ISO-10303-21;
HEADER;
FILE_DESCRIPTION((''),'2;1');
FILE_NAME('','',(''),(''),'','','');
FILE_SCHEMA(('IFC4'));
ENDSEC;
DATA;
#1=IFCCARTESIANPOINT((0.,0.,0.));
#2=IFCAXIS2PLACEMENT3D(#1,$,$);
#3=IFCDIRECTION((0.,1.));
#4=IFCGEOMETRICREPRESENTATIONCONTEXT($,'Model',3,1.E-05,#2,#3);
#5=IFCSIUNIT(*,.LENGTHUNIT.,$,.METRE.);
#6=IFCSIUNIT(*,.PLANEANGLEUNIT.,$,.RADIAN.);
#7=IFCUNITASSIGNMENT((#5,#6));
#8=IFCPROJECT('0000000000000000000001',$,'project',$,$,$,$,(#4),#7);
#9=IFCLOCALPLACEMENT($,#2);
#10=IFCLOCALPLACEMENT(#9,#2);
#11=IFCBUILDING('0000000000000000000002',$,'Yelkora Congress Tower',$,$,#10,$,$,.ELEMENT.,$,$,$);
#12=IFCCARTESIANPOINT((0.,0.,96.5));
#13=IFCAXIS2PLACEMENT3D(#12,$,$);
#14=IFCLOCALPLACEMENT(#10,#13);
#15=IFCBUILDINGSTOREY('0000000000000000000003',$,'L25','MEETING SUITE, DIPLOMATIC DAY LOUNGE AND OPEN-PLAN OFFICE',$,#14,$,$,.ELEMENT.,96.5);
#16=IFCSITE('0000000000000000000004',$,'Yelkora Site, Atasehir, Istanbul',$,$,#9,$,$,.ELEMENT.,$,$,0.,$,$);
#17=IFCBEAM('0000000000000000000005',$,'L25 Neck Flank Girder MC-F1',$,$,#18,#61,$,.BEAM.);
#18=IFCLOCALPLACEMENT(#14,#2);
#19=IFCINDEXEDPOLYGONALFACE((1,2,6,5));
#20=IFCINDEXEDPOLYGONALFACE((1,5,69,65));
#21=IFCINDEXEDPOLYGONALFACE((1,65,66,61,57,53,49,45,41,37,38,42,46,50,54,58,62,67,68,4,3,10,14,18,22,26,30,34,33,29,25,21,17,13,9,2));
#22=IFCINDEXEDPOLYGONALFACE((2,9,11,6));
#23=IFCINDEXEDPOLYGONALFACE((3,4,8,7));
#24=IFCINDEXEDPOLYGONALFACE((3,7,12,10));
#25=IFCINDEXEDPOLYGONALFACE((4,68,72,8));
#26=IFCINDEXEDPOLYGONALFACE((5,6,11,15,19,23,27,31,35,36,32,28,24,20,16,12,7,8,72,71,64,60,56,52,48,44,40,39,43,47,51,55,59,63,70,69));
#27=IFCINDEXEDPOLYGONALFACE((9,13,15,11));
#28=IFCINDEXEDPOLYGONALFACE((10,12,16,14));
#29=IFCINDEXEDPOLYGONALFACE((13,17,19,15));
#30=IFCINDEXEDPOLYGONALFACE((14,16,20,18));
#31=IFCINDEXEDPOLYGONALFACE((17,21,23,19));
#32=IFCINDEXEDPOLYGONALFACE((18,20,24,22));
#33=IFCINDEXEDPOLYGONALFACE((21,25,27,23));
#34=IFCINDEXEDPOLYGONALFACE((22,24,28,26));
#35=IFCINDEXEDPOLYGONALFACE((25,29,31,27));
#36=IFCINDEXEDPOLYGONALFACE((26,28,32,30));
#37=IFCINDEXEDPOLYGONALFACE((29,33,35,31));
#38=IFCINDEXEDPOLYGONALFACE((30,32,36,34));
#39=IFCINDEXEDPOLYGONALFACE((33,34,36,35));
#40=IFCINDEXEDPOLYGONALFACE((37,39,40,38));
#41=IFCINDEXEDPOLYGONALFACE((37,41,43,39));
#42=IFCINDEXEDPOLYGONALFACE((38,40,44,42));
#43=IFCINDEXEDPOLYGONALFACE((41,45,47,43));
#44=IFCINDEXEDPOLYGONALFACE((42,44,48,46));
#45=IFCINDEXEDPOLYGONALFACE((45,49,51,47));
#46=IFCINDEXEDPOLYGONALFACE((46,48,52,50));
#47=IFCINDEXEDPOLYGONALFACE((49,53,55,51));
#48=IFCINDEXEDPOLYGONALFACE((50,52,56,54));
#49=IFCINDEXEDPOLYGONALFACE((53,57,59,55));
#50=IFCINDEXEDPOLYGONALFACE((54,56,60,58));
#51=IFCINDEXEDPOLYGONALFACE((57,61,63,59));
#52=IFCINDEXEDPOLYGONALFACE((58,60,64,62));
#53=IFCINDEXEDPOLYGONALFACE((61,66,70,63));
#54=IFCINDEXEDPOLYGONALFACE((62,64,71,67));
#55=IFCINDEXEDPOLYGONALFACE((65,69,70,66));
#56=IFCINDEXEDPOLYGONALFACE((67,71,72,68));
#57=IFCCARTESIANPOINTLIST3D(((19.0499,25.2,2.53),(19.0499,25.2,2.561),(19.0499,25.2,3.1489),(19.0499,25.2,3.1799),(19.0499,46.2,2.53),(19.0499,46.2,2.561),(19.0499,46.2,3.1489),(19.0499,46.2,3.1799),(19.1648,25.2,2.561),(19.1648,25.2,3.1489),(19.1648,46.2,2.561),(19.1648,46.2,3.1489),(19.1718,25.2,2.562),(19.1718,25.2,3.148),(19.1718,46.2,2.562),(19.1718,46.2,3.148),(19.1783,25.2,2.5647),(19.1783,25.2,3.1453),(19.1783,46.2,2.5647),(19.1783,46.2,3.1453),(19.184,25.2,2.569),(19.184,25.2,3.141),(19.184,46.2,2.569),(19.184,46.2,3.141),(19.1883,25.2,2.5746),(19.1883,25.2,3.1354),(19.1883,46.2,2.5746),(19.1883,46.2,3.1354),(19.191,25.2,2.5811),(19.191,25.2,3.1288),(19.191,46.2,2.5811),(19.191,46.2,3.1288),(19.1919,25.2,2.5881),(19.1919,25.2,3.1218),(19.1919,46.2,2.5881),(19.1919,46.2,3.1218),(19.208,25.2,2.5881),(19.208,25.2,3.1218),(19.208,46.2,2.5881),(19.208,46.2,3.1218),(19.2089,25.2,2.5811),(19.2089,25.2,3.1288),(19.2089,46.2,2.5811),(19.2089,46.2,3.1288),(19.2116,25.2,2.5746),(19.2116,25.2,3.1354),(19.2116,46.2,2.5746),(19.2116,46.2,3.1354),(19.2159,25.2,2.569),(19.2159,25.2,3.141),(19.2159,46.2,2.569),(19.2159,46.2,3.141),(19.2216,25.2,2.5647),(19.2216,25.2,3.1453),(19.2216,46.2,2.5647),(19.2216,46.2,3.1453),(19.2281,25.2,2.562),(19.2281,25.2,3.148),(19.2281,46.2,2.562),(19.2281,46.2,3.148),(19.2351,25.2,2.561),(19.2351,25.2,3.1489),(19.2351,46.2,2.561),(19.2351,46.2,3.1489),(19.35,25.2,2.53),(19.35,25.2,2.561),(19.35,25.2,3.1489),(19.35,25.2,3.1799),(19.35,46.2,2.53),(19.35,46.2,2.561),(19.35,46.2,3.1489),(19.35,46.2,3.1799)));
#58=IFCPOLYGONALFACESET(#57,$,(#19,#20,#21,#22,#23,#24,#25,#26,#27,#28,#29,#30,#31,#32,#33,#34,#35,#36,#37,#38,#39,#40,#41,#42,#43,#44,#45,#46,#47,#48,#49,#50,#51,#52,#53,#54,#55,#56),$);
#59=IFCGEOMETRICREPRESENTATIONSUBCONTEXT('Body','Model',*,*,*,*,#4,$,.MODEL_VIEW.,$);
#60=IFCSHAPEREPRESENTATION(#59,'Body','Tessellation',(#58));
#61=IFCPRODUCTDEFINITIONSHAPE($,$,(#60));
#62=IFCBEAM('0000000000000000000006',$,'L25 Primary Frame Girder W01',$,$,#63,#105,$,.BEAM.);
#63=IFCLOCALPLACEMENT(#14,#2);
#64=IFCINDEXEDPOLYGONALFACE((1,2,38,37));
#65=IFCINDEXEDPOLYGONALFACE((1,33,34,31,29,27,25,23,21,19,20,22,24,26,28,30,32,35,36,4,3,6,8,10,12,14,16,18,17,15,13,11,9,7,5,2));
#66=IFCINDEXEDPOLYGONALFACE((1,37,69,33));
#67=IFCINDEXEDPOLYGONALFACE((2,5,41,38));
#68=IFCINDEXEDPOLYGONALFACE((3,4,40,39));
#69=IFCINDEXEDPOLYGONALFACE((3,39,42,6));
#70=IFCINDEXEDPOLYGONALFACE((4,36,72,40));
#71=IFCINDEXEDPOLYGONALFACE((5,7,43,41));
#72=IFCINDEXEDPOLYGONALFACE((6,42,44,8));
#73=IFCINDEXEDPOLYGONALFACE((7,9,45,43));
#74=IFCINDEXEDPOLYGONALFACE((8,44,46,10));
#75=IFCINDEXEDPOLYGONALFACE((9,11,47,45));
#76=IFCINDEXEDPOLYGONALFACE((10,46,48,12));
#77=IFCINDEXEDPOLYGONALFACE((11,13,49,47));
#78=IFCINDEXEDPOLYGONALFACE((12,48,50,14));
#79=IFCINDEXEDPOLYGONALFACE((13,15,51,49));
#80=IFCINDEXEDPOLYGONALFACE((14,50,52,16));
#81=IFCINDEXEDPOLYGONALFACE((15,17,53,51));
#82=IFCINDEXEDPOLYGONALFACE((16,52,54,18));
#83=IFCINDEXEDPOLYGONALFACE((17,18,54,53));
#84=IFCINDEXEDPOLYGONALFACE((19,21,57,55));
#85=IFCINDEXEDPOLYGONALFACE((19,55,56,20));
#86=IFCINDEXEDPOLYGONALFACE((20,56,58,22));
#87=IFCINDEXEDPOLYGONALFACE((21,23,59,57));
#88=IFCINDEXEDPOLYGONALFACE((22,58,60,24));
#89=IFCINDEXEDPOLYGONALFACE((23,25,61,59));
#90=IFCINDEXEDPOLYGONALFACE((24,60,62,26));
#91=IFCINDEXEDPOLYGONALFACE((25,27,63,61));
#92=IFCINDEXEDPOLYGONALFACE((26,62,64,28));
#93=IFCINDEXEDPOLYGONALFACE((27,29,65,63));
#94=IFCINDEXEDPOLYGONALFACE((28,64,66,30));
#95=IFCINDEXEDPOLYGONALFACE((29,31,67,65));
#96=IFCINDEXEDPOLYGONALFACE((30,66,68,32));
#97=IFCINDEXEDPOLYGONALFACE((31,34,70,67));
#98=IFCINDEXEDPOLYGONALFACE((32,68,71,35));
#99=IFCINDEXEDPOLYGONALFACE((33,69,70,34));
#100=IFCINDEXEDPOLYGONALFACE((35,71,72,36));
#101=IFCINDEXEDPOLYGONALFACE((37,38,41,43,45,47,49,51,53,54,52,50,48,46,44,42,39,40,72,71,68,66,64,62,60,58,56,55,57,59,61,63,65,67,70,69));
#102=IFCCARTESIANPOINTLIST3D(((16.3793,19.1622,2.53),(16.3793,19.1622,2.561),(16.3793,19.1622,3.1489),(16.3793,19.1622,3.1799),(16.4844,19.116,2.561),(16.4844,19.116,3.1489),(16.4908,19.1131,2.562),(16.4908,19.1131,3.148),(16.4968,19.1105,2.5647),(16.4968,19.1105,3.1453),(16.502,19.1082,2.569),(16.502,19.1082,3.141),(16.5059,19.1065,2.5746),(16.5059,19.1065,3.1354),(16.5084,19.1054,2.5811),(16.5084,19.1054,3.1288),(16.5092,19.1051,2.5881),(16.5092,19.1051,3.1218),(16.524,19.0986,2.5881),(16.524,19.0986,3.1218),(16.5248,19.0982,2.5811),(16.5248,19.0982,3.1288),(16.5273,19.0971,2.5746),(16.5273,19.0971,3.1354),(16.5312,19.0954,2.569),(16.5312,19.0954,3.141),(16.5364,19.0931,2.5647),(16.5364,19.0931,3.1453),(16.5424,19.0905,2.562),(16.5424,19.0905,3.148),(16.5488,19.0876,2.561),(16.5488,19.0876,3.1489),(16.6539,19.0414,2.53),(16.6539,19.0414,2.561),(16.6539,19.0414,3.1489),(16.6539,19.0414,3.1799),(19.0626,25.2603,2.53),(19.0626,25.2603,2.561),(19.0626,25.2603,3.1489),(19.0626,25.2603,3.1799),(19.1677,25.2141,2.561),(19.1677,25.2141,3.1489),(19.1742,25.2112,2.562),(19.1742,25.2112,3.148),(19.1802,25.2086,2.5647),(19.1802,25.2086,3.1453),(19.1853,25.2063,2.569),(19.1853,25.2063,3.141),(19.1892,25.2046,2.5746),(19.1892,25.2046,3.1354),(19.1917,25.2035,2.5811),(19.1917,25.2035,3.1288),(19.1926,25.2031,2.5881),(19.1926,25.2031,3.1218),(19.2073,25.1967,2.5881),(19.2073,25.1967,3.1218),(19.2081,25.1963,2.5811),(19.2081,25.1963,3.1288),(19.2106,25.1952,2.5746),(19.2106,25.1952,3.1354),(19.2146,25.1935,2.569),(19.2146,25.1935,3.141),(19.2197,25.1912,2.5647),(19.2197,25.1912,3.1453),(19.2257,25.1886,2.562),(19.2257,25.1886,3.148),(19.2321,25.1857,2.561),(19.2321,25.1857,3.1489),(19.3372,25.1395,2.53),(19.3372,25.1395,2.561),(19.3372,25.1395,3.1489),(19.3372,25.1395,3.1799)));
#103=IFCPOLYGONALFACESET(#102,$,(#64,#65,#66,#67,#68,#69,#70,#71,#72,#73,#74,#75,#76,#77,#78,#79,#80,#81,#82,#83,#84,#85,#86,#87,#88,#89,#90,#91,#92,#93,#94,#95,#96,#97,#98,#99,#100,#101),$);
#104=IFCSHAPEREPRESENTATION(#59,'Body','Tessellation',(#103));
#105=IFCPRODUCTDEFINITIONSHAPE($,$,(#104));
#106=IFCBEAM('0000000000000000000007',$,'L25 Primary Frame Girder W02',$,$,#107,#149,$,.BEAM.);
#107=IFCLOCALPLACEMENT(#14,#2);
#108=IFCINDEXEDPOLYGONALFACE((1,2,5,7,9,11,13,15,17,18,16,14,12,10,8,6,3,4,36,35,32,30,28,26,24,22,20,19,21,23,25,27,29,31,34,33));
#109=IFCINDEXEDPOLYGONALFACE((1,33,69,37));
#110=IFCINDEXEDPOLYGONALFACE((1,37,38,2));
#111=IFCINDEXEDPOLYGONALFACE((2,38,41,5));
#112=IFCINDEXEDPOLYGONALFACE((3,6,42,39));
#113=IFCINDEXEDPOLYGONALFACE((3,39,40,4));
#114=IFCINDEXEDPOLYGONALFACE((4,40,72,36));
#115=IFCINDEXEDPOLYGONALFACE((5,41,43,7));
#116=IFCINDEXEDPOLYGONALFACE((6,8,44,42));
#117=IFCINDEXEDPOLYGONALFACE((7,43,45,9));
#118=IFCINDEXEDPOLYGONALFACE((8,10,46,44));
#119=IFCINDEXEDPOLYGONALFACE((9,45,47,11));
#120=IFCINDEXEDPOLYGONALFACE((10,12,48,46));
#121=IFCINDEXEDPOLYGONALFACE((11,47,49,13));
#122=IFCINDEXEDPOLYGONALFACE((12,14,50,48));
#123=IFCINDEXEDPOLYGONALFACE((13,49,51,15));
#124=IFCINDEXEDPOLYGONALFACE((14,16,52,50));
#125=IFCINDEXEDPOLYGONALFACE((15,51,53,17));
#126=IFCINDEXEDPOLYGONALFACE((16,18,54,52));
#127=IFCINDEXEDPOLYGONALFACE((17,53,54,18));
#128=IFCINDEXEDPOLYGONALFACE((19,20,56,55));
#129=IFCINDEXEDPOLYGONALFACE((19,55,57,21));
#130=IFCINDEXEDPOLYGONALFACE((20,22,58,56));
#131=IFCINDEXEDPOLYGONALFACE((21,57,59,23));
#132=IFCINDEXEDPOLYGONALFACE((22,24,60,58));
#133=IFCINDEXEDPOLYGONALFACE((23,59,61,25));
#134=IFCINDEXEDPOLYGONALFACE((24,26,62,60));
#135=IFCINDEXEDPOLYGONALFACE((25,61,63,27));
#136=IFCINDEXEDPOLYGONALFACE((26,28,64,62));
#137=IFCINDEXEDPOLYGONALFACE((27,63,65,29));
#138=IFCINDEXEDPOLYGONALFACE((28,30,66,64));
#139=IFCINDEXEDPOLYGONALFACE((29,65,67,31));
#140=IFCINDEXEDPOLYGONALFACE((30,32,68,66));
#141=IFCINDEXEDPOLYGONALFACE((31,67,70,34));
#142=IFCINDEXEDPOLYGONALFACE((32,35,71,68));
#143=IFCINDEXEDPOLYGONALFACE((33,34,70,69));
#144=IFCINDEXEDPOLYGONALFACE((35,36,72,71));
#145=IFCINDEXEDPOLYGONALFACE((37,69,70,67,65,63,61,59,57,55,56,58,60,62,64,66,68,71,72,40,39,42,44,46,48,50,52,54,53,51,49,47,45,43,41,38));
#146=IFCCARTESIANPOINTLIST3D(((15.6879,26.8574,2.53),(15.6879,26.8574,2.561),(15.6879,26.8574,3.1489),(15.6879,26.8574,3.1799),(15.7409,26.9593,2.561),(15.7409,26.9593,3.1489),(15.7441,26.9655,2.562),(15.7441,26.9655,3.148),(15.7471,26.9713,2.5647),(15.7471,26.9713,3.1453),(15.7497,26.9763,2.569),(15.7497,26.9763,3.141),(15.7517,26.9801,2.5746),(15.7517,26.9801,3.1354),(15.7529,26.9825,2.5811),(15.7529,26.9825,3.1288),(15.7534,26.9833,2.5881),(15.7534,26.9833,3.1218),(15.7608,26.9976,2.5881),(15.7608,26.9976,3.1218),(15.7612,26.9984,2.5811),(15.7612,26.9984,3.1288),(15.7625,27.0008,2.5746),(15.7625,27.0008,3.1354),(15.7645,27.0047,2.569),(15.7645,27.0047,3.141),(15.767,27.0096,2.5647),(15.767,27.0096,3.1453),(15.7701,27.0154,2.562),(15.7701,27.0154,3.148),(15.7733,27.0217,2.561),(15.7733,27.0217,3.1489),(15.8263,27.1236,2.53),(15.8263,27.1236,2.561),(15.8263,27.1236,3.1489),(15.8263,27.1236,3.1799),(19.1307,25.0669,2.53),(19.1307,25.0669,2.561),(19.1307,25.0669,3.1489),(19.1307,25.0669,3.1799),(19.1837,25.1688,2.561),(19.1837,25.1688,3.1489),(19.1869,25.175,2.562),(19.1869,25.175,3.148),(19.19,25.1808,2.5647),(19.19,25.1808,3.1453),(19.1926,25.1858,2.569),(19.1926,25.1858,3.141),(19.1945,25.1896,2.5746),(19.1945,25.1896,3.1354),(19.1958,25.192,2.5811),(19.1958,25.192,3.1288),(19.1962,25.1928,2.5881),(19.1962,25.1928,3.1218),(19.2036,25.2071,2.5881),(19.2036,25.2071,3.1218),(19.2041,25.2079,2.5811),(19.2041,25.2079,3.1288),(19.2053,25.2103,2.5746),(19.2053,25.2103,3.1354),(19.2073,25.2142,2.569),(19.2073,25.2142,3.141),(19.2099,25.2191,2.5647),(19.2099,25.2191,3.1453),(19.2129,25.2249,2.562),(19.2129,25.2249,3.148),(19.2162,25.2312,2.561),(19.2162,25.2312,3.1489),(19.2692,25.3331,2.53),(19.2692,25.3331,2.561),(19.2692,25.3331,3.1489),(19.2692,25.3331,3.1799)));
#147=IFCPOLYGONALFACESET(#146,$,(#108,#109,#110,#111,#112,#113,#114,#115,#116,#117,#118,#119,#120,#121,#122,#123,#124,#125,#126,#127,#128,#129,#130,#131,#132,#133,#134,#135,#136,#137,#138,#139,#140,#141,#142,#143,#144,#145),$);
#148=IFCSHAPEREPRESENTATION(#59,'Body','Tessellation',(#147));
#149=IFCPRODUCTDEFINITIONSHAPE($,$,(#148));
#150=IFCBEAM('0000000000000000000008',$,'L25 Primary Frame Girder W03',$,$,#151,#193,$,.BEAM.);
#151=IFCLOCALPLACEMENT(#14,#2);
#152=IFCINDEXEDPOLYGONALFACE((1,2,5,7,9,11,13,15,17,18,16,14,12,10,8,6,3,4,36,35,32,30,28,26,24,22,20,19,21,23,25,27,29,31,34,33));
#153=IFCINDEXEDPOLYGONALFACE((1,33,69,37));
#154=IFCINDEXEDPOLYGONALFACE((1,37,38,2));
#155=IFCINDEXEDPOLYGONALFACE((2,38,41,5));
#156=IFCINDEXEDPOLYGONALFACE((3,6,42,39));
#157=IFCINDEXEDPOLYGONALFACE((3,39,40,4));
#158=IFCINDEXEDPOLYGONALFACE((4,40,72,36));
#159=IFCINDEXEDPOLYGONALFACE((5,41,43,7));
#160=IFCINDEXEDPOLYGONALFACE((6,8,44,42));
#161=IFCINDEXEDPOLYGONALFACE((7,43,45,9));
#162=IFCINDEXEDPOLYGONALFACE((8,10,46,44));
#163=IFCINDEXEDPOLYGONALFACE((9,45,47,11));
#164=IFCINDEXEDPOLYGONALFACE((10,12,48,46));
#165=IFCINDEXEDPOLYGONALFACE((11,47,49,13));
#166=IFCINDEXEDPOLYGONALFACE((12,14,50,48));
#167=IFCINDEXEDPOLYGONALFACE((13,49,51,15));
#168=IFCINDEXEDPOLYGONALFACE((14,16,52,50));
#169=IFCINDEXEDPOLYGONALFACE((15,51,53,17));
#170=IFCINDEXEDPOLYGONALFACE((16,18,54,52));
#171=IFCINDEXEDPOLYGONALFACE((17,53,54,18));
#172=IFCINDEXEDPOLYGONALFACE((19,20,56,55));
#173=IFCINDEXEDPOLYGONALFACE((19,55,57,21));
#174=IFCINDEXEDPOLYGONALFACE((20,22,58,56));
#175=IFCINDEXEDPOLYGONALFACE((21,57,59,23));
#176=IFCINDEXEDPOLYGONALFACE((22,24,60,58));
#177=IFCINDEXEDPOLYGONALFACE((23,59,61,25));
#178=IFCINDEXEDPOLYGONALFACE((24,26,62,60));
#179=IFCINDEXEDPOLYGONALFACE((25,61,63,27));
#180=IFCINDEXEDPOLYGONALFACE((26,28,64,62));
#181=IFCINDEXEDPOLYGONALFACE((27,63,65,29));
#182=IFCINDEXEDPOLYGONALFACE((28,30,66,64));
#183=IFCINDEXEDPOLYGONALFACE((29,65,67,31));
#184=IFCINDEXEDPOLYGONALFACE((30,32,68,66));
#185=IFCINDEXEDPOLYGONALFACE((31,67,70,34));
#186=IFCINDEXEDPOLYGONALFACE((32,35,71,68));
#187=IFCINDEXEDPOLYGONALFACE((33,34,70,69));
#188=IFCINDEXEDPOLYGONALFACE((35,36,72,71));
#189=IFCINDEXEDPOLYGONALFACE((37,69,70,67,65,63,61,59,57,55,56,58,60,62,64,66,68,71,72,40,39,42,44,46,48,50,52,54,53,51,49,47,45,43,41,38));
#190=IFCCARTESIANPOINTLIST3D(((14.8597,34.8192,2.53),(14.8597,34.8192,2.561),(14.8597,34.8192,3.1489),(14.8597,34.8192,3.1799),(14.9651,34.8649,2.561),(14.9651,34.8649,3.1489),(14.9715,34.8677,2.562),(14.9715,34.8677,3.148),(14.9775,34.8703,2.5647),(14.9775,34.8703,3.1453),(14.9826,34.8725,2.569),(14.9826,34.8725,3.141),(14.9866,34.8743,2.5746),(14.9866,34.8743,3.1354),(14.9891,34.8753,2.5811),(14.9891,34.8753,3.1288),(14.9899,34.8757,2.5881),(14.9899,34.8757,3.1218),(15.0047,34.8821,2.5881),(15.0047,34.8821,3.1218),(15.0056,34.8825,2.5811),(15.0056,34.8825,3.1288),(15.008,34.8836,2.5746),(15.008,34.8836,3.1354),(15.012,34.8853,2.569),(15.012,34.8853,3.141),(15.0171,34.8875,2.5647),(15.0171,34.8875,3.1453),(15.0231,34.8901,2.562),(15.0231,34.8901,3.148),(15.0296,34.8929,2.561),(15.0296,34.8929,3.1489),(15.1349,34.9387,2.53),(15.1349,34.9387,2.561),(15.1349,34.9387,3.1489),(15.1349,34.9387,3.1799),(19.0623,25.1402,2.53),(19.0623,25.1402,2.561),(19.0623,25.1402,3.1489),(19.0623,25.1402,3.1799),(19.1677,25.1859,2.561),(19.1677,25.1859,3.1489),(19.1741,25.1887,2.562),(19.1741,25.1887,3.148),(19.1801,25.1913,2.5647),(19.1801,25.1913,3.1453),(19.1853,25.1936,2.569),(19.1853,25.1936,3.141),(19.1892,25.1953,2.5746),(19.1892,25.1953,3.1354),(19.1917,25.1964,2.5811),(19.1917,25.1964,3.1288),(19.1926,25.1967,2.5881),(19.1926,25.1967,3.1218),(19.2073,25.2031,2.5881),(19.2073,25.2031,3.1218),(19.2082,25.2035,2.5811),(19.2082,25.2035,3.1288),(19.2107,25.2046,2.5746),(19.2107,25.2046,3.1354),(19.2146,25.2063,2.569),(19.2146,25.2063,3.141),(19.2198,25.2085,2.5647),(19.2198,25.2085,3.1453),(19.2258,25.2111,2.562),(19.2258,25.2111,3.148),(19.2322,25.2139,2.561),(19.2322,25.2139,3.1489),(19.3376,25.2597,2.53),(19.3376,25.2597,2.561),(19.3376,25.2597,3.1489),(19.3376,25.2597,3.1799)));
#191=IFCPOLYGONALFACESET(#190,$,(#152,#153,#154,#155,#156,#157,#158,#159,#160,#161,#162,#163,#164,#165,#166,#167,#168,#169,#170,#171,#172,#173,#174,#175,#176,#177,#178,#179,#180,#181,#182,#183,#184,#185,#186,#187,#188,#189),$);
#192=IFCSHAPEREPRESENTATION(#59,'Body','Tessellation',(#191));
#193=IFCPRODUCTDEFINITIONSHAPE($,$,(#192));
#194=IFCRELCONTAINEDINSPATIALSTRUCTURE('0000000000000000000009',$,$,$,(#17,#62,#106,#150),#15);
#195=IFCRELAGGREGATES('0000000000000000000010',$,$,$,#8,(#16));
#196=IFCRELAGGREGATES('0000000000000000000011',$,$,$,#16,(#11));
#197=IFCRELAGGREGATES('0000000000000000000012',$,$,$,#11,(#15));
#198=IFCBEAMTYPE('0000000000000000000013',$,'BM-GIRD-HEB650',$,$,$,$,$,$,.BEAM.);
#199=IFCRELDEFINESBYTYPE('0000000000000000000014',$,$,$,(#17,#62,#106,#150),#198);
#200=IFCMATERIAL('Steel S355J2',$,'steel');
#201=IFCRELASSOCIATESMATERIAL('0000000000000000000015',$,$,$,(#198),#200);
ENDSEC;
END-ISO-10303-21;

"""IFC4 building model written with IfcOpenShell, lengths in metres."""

from ifc_helpers import new_model, si_unit, direction, frame, origin, origin_2d, place, context, subcontext, project, spatial, i_section, extrude, material, material_profile, profile_set, type_object, element, save


model = new_model("IFC4")

# Units and contexts
model_context = context("Model", 3, precision=1e-05, world=origin(), true_north=direction((0.0, 1.0)))
body_context = subcontext(model_context, "Body", "Model", "MODEL_VIEW")
ifc_project = project(units=[si_unit("LENGTHUNIT", "METRE"), si_unit("PLANEANGLEUNIT", "RADIAN")], contexts=[model_context])

# Site, building, storey
site_placement = place(None, origin())
site = spatial("IfcSite", under=ifc_project, at=site_placement, Name="Yelkora Site, Atasehir, Istanbul", CompositionType="ELEMENT", RefElevation=0.0)
building_placement = place(site_placement, origin())
building = spatial("IfcBuilding", under=site, at=building_placement, Name="Yelkora Congress Tower", CompositionType="ELEMENT")
storey_placement = place(building_placement, frame((0.0, 0.0, 96.5)))
storey = spatial("IfcBuildingStorey", under=building, at=storey_placement, Name="L25", Description="MEETING SUITE, DIPLOMATIC DAY LOUNGE AND OPEN-PLAN OFFICE", CompositionType="ELEMENT", Elevation=96.5)

# Beams
ifc_material_1 = material(Name="Steel S355J2", Category="steel")
ifc_material_profile_1 = material_profile(ifc_material_1, i_section(OverallWidth=0.3, OverallDepth=0.6499, WebThickness=0.0161, FlangeThickness=0.031, FilletRadius=0.0271, at=origin_2d()), Name="HEB 650")
ifc_profile_set_1 = profile_set([ifc_material_profile_1], Name="Steel S355J2")
beam_type_1 = type_object("IfcBeamType", Name="BM-GIRD-HEB650", PredefinedType="BEAM", material=ifc_profile_set_1)
beam_1_placement = place(storey_placement, frame((19.2, 25.2, 2.855), z_axis=(0.0, 1.0, 0.0), x_axis=(-1.0, 0.0, 0.0)))
element("IfcBeam", 1, at=beam_1_placement, inside=storey, type_object=beam_type_1, Name="L25 Neck Flank Girder MC-F1", PredefinedType="BEAM", context=body_context, shape_type="SweptSolid", body=[
    extrude(i_section(OverallWidth=0.3, OverallDepth=0.6499, WebThickness=0.0161, FlangeThickness=0.031, FilletRadius=0.0271, at=origin_2d()), origin(), (0.0, 0.0, 1.0), 21.0),
])
beam_2_placement = place(storey_placement, frame((16.5166, 19.1018, 2.855), z_axis=(0.402759, 0.915306, 0.0), x_axis=(-0.915306, 0.402759, 0.0)))
element("IfcBeam", 2, at=beam_2_placement, inside=storey, type_object=beam_type_1, Name="L25 Primary Frame Girder W01", PredefinedType="BEAM", context=body_context, shape_type="SweptSolid", body=[
    extrude(i_section(OverallWidth=0.3, OverallDepth=0.6499, WebThickness=0.0161, FlangeThickness=0.031, FilletRadius=0.0271, at=origin_2d()), origin(), (0.0, 0.0, 1.0), 6.6624),
])
beam_3_placement = place(storey_placement, frame((15.7571, 26.9905, 2.855), z_axis=(0.887192, -0.4614, 0.0), x_axis=(0.4614, 0.887192, 0.0)))
element("IfcBeam", 3, at=beam_3_placement, inside=storey, type_object=beam_type_1, Name="L25 Primary Frame Girder W02", PredefinedType="BEAM", context=body_context, shape_type="SweptSolid", body=[
    extrude(i_section(OverallWidth=0.3, OverallDepth=0.6499, WebThickness=0.0161, FlangeThickness=0.031, FilletRadius=0.0271, at=origin_2d()), origin(), (0.0, 0.0, 1.0), 3.8806),
])
beam_4_placement = place(storey_placement, frame((14.9973, 34.8789, 2.855), z_axis=(0.398279, -0.917264, 0.0), x_axis=(0.917264, 0.398279, 0.0)))
element("IfcBeam", 4, at=beam_4_placement, inside=storey, type_object=beam_type_1, Name="L25 Primary Frame Girder W03", PredefinedType="BEAM", context=body_context, shape_type="SweptSolid", body=[
    extrude(i_section(OverallWidth=0.3, OverallDepth=0.6499, WebThickness=0.0161, FlangeThickness=0.031, FilletRadius=0.0271, at=origin_2d()), origin(), (0.0, 0.0, 1.0), 10.552),
])

save(model, "model.ifc")
